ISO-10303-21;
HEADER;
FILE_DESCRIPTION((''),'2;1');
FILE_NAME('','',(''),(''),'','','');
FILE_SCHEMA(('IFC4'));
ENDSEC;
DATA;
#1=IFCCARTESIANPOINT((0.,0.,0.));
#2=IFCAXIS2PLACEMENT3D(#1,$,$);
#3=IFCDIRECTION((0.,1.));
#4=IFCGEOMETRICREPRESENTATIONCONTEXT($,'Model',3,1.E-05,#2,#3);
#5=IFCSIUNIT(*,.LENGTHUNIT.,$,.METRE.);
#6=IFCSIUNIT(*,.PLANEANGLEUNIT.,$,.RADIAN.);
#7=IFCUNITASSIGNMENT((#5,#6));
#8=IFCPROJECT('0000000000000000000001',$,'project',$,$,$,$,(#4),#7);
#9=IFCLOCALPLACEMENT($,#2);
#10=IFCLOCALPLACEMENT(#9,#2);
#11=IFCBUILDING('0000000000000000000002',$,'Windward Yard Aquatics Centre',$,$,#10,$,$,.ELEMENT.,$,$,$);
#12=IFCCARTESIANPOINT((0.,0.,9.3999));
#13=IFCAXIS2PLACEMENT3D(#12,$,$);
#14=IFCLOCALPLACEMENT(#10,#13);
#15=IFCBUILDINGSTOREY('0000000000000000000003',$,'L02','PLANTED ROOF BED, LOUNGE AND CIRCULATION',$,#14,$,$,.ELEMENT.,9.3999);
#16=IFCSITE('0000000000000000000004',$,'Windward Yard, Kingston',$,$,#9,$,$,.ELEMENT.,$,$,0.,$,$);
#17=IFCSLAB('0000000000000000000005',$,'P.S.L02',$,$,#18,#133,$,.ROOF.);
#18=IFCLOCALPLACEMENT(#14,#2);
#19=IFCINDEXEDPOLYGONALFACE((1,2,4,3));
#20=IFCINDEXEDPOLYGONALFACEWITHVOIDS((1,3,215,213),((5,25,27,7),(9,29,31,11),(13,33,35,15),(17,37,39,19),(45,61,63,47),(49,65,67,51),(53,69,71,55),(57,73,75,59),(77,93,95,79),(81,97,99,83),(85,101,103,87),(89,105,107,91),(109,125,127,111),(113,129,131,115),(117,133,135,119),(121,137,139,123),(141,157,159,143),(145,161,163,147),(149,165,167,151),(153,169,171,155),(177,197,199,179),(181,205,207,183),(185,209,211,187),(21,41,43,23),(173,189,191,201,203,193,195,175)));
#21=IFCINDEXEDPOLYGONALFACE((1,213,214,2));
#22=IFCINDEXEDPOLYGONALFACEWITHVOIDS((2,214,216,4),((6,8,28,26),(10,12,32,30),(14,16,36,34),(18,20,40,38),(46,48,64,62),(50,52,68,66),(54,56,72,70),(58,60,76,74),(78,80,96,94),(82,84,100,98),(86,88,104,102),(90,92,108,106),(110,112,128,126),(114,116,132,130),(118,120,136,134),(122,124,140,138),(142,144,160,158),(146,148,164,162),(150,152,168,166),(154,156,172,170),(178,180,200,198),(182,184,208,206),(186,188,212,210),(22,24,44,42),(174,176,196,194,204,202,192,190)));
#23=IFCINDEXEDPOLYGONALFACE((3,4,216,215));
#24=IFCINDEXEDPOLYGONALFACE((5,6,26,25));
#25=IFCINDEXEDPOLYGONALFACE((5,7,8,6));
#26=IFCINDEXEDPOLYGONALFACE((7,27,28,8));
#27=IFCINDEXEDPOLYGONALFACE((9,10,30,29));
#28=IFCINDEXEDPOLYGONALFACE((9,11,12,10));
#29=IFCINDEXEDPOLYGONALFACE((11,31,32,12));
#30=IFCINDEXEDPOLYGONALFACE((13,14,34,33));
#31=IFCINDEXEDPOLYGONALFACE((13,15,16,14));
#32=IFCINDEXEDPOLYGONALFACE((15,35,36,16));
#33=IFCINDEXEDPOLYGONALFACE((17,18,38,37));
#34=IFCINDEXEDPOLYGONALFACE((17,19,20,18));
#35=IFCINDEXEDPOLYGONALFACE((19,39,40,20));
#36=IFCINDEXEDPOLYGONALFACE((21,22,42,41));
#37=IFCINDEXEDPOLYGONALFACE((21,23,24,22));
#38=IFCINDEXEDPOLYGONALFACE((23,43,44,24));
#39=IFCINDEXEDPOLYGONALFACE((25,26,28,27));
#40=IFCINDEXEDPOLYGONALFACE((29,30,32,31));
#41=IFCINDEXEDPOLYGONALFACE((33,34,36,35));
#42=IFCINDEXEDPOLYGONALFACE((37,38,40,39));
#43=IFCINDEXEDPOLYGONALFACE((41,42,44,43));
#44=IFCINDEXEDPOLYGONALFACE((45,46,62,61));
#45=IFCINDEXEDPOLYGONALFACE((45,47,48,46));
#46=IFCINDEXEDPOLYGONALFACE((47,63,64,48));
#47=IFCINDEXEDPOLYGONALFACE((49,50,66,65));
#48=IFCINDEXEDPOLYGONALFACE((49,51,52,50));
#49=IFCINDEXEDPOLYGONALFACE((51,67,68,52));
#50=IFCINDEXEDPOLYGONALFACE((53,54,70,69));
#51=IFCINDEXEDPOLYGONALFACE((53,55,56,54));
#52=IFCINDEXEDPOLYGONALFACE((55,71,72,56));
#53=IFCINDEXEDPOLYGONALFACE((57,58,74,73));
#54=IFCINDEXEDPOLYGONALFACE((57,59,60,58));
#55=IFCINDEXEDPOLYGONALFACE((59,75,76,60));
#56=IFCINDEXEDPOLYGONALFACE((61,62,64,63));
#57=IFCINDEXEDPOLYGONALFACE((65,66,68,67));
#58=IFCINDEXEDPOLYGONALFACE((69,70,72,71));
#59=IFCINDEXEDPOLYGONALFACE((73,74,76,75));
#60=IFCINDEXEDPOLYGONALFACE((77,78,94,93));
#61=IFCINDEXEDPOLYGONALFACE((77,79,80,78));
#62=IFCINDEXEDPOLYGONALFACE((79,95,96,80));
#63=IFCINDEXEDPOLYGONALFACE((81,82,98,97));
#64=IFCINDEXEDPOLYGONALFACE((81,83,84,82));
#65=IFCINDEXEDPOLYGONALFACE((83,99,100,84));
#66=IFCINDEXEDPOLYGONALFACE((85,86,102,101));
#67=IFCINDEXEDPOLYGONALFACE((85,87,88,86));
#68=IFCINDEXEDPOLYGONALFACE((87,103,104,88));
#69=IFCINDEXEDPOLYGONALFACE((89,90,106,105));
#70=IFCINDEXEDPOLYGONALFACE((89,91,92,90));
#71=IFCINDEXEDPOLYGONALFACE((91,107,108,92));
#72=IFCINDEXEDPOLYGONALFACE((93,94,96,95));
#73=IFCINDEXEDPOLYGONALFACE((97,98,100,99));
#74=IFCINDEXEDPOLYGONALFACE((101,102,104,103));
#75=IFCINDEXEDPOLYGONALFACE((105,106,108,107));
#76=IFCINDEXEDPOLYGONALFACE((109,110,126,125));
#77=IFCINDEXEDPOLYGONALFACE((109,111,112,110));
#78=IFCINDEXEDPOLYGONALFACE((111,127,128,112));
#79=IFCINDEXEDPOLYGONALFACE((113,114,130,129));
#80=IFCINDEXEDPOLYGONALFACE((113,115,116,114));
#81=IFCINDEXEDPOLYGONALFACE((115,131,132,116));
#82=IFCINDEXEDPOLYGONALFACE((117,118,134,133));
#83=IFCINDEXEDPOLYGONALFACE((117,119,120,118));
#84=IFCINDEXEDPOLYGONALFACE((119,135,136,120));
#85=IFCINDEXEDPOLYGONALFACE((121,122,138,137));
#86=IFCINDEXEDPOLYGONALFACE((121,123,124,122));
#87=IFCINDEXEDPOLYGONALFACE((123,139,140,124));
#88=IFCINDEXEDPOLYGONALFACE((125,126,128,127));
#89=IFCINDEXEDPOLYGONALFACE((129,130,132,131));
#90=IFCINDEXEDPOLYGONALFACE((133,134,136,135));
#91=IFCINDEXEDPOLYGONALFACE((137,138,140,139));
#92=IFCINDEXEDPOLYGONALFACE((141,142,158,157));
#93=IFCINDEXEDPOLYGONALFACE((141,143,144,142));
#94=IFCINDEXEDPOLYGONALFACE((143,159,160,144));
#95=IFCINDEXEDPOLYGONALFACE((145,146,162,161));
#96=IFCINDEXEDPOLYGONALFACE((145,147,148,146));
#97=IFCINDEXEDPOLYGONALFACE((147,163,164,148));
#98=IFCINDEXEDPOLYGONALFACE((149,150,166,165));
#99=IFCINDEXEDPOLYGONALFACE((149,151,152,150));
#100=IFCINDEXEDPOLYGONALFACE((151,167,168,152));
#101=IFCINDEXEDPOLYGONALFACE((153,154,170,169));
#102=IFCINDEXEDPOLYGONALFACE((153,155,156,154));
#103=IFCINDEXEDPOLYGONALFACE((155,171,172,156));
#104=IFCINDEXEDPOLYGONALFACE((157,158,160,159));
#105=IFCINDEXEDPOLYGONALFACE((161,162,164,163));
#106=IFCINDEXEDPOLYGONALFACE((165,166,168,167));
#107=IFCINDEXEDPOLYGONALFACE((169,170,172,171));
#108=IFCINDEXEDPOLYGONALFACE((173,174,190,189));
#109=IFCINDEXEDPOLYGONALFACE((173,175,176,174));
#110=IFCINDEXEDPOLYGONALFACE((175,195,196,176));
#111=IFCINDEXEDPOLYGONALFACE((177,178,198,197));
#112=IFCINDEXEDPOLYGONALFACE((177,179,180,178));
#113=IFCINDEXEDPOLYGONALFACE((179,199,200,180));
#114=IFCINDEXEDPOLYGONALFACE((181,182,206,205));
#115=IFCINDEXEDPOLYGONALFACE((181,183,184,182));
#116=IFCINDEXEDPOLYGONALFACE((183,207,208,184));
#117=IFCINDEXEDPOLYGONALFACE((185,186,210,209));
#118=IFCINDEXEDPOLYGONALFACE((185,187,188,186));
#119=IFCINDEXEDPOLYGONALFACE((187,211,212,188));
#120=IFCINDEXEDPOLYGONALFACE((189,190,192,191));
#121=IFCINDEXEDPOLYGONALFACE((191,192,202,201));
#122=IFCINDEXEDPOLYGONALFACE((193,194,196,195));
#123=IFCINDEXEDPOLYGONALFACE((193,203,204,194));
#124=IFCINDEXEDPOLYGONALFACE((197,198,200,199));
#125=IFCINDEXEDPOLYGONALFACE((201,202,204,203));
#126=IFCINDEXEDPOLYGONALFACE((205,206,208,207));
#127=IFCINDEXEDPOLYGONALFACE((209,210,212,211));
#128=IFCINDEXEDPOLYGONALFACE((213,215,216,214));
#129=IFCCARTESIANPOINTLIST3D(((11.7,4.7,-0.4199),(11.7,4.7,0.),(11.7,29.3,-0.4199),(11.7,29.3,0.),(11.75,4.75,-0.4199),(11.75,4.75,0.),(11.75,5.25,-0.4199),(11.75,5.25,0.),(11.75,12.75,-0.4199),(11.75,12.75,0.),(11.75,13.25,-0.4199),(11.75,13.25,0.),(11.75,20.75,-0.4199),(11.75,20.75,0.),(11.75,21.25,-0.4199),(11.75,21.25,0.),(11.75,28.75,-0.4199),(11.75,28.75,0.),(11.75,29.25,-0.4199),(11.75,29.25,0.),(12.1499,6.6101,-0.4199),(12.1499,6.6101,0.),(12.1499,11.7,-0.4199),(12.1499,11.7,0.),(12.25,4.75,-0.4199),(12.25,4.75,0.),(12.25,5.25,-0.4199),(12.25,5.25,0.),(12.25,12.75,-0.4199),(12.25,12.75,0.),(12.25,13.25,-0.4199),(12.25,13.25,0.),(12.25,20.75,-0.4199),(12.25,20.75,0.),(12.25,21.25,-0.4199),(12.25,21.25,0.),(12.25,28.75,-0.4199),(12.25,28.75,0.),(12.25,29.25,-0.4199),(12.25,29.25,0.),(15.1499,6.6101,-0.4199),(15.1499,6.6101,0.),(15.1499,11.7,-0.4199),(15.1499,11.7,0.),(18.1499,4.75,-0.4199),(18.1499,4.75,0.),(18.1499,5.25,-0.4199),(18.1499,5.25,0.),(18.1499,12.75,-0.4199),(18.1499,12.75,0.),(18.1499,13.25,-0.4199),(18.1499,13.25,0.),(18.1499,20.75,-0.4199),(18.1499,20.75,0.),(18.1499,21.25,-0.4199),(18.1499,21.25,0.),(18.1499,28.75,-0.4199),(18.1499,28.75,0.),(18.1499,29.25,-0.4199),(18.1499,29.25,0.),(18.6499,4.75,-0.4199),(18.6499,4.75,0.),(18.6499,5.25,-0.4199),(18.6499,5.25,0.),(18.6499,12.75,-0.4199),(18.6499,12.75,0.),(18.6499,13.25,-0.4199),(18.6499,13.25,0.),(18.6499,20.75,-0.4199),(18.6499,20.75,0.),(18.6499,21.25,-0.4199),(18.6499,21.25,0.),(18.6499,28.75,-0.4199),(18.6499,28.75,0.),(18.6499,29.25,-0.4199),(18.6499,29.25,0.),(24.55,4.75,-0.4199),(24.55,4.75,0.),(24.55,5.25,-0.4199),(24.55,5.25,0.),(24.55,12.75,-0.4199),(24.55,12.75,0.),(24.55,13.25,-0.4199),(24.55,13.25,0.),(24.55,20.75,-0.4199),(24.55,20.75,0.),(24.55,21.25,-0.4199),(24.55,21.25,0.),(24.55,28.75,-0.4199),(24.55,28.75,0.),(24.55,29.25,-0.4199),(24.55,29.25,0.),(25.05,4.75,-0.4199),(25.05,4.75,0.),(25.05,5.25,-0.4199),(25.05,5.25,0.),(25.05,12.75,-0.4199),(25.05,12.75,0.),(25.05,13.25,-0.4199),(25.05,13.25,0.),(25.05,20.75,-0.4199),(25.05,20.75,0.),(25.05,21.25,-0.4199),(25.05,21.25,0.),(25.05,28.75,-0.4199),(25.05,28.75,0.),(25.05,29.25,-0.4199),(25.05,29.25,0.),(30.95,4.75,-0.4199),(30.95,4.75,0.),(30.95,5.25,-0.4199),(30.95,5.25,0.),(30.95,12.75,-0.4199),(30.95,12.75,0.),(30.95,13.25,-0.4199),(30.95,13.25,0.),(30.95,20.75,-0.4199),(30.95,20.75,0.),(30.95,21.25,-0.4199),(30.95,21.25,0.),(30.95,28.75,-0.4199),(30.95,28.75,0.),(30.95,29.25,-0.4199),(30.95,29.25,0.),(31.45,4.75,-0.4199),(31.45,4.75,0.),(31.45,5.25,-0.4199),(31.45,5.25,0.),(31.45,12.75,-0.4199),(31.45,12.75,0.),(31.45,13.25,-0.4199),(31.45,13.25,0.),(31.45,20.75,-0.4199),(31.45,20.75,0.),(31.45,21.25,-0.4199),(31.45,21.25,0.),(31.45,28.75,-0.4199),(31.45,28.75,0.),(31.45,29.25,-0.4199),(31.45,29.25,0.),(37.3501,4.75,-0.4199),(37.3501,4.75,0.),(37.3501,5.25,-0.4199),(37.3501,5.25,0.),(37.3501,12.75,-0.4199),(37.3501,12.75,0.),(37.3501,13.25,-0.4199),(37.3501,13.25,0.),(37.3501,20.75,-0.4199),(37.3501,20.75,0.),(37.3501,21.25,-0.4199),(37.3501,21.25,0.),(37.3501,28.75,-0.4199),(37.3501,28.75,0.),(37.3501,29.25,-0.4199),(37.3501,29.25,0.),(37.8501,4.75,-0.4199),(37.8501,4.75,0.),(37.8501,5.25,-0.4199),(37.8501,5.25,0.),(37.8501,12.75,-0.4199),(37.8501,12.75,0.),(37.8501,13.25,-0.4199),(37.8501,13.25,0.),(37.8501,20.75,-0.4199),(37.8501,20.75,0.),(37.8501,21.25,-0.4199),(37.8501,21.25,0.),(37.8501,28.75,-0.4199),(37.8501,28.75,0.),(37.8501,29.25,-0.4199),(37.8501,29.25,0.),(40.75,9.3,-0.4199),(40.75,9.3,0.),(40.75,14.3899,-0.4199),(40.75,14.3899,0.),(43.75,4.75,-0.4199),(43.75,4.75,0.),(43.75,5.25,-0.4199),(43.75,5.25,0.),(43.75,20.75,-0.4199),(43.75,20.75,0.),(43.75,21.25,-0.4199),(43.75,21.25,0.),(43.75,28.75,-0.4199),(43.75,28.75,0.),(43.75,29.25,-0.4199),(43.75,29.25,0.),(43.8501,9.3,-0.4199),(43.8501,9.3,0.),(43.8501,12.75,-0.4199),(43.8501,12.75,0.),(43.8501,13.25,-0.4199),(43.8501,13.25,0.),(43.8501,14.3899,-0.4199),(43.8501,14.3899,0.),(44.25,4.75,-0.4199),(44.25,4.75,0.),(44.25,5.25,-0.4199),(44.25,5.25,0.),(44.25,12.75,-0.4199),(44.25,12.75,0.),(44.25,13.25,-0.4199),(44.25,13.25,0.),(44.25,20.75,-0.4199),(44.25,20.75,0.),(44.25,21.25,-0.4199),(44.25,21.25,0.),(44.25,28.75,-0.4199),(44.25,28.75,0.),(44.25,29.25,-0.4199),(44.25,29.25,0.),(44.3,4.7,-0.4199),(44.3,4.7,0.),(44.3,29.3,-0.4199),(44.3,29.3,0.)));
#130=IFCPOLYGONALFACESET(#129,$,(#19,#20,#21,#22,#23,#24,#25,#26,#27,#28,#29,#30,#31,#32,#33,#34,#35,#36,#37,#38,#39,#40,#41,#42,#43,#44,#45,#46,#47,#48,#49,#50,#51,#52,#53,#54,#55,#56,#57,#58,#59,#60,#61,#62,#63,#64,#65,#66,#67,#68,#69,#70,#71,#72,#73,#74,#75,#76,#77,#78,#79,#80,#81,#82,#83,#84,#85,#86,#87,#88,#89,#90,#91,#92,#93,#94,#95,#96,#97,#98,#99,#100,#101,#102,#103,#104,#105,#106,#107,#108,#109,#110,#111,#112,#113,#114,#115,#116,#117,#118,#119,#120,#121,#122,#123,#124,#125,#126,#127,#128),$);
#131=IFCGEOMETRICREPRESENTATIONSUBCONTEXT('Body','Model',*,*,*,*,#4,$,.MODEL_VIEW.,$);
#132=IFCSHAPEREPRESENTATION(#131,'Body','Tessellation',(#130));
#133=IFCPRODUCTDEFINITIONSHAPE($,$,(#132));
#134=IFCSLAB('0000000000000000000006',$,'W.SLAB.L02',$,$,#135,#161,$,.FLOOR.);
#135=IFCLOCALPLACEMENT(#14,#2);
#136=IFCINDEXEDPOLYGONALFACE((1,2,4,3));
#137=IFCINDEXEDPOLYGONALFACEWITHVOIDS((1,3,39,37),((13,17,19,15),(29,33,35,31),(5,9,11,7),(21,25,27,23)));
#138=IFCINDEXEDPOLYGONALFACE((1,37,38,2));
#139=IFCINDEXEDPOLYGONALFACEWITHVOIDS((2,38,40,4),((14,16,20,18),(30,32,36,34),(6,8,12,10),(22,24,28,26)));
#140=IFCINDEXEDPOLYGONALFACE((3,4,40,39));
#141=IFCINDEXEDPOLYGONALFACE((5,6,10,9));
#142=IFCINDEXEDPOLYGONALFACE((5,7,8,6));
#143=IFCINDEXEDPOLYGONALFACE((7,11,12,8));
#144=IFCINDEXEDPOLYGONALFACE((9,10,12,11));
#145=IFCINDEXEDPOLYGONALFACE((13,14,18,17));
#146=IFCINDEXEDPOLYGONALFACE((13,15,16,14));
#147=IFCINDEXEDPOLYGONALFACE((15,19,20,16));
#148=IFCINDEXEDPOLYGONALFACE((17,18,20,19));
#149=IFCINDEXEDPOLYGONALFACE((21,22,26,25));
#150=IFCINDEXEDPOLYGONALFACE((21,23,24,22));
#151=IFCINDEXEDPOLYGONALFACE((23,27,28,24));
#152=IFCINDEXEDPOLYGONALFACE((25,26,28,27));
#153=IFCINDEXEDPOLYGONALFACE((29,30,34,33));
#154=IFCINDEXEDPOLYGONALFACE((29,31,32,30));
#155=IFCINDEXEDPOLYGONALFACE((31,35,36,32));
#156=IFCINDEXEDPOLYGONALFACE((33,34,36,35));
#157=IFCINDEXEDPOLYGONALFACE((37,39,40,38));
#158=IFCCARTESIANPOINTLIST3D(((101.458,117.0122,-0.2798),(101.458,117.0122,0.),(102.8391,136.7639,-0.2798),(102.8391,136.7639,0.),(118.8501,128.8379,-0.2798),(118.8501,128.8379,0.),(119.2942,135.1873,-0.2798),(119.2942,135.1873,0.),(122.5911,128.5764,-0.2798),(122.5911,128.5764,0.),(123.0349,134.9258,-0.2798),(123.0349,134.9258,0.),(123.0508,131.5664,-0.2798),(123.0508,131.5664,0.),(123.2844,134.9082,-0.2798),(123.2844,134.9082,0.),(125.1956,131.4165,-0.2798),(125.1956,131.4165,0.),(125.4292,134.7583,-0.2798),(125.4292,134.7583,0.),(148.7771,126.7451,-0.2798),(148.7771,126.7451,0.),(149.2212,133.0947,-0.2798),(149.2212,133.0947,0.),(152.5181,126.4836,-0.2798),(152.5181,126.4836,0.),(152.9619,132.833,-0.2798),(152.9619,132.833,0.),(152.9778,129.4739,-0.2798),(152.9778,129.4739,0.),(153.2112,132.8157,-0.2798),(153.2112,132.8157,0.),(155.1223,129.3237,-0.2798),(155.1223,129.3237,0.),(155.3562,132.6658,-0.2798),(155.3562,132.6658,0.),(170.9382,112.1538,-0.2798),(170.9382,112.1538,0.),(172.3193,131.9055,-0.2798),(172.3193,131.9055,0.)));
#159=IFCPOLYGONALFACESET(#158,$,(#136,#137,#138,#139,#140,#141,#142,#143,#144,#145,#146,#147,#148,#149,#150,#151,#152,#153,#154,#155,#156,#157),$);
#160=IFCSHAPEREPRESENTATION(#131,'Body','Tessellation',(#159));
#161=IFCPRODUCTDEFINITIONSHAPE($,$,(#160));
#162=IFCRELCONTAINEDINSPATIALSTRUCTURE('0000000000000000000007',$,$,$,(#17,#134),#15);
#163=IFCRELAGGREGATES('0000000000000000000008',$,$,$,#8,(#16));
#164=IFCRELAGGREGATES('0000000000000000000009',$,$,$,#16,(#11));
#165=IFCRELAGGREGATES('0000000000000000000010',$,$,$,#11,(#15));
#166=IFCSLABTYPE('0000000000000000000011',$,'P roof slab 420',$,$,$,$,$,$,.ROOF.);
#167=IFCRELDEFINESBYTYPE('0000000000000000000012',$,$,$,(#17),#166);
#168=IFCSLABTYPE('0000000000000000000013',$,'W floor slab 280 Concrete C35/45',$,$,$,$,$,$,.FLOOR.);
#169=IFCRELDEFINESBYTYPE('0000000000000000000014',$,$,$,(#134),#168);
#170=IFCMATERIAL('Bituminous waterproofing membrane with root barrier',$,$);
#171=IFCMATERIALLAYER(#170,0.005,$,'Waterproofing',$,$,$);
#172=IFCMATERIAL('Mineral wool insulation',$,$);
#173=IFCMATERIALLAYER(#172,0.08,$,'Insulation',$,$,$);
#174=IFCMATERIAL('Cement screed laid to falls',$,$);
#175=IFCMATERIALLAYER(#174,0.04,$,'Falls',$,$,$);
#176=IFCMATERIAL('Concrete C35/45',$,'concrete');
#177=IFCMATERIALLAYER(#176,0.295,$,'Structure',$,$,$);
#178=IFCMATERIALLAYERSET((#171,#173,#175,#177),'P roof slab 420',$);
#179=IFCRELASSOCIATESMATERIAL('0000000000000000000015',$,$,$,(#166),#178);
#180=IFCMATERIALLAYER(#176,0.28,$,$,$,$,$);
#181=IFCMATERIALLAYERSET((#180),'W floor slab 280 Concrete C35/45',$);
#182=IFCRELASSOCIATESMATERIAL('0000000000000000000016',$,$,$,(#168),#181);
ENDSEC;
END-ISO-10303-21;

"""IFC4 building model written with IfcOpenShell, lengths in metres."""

from ifc_helpers import new_model, si_unit, direction, frame, origin, place, context, subcontext, project, spatial, polyline, outline, extrude, material, layer, layer_set, type_object, element, save


model = new_model("IFC4")

# Units and contexts
model_context = context("Model", 3, precision=1e-05, world=origin(), true_north=direction((0.0, 1.0)))
body_context = subcontext(model_context, "Body", "Model", "MODEL_VIEW")
ifc_project = project(units=[si_unit("LENGTHUNIT", "METRE"), si_unit("PLANEANGLEUNIT", "RADIAN")], contexts=[model_context])

# Site, building, storey
site_placement = place(None, origin())
site = spatial("IfcSite", under=ifc_project, at=site_placement, Name="Windward Yard, Kingston", CompositionType="ELEMENT", RefElevation=0.0)
building_placement = place(site_placement, origin())
building = spatial("IfcBuilding", under=site, at=building_placement, Name="Windward Yard Aquatics Centre", CompositionType="ELEMENT")
storey_placement = place(building_placement, frame((0.0, 0.0, 9.3999)))
storey = spatial("IfcBuildingStorey", under=building, at=storey_placement, Name="L02", Description="PLANTED ROOF BED, LOUNGE AND CIRCULATION", CompositionType="ELEMENT", Elevation=9.3999)

# Slabs
ifc_material_1 = material(Name="Bituminous waterproofing membrane with root barrier")
ifc_material_2 = material(Name="Mineral wool insulation")
ifc_material_3 = material(Name="Cement screed laid to falls")
ifc_material_4 = material(Name="Concrete C35/45", Category="concrete")
ifc_layer_1 = layer(ifc_material_1, 0.005, Name="Waterproofing")
ifc_layer_2 = layer(ifc_material_2, 0.08, Name="Insulation")
ifc_layer_3 = layer(ifc_material_3, 0.04, Name="Falls")
ifc_layer_4 = layer(ifc_material_4, 0.295, Name="Structure")
ifc_layer_set_1 = layer_set([ifc_layer_1, ifc_layer_2, ifc_layer_3, ifc_layer_4], Name="P roof slab 420")
slab_type_1 = type_object("IfcSlabType", Name="P roof slab 420", PredefinedType="ROOF", material=ifc_layer_set_1)
slab_1_placement = place(storey_placement, frame((0.0, 0.0, -0.4199)))
element("IfcSlab", 1, at=slab_1_placement, inside=storey, type_object=slab_type_1, Name="P.S.L02", PredefinedType="ROOF", context=body_context, shape_type="SweptSolid", body=[
    extrude(outline(polyline([(11.7, 4.7), (44.3, 4.7), (44.3, 29.3), (11.7, 29.3), (11.7, 4.7)]), holes=[polyline([(11.75, 4.75), (11.75, 5.25), (12.25, 5.25), (12.25, 4.75), (11.75, 4.75)]), polyline([(18.1499, 4.75), (18.1499, 5.25), (18.6499, 5.25), (18.6499, 4.75), (18.1499, 4.75)]), polyline([(24.55, 4.75), (24.55, 5.25), (25.05, 5.25), (25.05, 4.75), (24.55, 4.75)]), polyline([(12.1499, 6.6101), (12.1499, 11.7), (15.1499, 11.7), (15.1499, 6.6101), (12.1499, 6.6101)]), polyline([(11.75, 12.75), (11.75, 13.25), (12.25, 13.25), (12.25, 12.75), (11.75, 12.75)]), polyline([(18.1499, 12.75), (18.1499, 13.25), (18.6499, 13.25), (18.6499, 12.75), (18.1499, 12.75)]), polyline([(24.55, 12.75), (24.55, 13.25), (25.05, 13.25), (25.05, 12.75), (24.55, 12.75)]), polyline([(11.75, 20.75), (11.75, 21.25), (12.25, 21.25), (12.25, 20.75), (11.75, 20.75)]), polyline([(18.1499, 20.75), (18.1499, 21.25), (18.6499, 21.25), (18.6499, 20.75), (18.1499, 20.75)]), polyline([(24.55, 20.75), (24.55, 21.25), (25.05, 21.25), (25.05, 20.75), (24.55, 20.75)]), polyline([(11.75, 28.75), (11.75, 29.25), (12.25, 29.25), (12.25, 28.75), (11.75, 28.75)]), polyline([(18.1499, 28.75), (18.1499, 29.25), (18.6499, 29.25), (18.6499, 28.75), (18.1499, 28.75)]), polyline([(24.55, 28.75), (24.55, 29.25), (25.05, 29.25), (25.05, 28.75), (24.55, 28.75)]), polyline([(30.95, 4.75), (30.95, 5.25), (31.45, 5.25), (31.45, 4.75), (30.95, 4.75)]), polyline([(37.3501, 4.75), (37.3501, 5.25), (37.8501, 5.25), (37.8501, 4.75), (37.3501, 4.75)]), polyline([(43.75, 4.75), (43.75, 5.25), (44.25, 5.25), (44.25, 4.75), (43.75, 4.75)]), polyline([(40.75, 9.3), (40.75, 14.3899), (43.8501, 14.3899), (43.8501, 13.25), (44.25, 13.25), (44.25, 12.75), (43.8501, 12.75), (43.8501, 9.3), (40.75, 9.3)]), polyline([(30.95, 12.75), (30.95, 13.25), (31.45, 13.25), (31.45, 12.75), (30.95, 12.75)]), polyline([(37.3501, 12.75), (37.3501, 13.25), (37.8501, 13.25), (37.8501, 12.75), (37.3501, 12.75)]), polyline([(30.95, 20.75), (30.95, 21.25), (31.45, 21.25), (31.45, 20.75), (30.95, 20.75)]), polyline([(37.3501, 20.75), (37.3501, 21.25), (37.8501, 21.25), (37.8501, 20.75), (37.3501, 20.75)]), polyline([(43.75, 20.75), (43.75, 21.25), (44.25, 21.25), (44.25, 20.75), (43.75, 20.75)]), polyline([(30.95, 28.75), (30.95, 29.25), (31.45, 29.25), (31.45, 28.75), (30.95, 28.75)]), polyline([(37.3501, 28.75), (37.3501, 29.25), (37.8501, 29.25), (37.8501, 28.75), (37.3501, 28.75)]), polyline([(43.75, 28.75), (43.75, 29.25), (44.25, 29.25), (44.25, 28.75), (43.75, 28.75)])]), origin(), (0.0, 0.0, 1.0), 0.4199),
])
ifc_layer_5 = layer(ifc_material_4, 0.28)
ifc_layer_set_2 = layer_set([ifc_layer_5], Name="W floor slab 280 Concrete C35/45")
slab_type_2 = type_object("IfcSlabType", Name="W floor slab 280 Concrete C35/45", PredefinedType="FLOOR", material=ifc_layer_set_2)
slab_2_placement = place(storey_placement, frame((0.0, 0.0, -0.2798)))
element("IfcSlab", 2, at=slab_2_placement, inside=storey, type_object=slab_type_2, Name="W.SLAB.L02", PredefinedType="FLOOR", context=body_context, shape_type="SweptSolid", body=[
    extrude(outline(polyline([(101.458, 117.0122), (170.9382, 112.1538), (172.3193, 131.9055), (102.8391, 136.7639), (101.458, 117.0122)]), holes=[polyline([(118.8501, 128.8379), (122.5911, 128.5764), (123.0349, 134.9258), (119.2942, 135.1873), (118.8501, 128.8379)]), polyline([(123.0508, 131.5664), (125.1956, 131.4165), (125.4292, 134.7583), (123.2844, 134.9082), (123.0508, 131.5664)]), polyline([(148.7771, 126.7451), (152.5181, 126.4836), (152.9619, 132.833), (149.2212, 133.0947), (148.7771, 126.7451)]), polyline([(152.9778, 129.4739), (155.1223, 129.3237), (155.3562, 132.6658), (153.2112, 132.8157), (152.9778, 129.4739)])]), origin(), (0.0, 0.0, 1.0), 0.2798),
])

save(model, "model.ifc")
